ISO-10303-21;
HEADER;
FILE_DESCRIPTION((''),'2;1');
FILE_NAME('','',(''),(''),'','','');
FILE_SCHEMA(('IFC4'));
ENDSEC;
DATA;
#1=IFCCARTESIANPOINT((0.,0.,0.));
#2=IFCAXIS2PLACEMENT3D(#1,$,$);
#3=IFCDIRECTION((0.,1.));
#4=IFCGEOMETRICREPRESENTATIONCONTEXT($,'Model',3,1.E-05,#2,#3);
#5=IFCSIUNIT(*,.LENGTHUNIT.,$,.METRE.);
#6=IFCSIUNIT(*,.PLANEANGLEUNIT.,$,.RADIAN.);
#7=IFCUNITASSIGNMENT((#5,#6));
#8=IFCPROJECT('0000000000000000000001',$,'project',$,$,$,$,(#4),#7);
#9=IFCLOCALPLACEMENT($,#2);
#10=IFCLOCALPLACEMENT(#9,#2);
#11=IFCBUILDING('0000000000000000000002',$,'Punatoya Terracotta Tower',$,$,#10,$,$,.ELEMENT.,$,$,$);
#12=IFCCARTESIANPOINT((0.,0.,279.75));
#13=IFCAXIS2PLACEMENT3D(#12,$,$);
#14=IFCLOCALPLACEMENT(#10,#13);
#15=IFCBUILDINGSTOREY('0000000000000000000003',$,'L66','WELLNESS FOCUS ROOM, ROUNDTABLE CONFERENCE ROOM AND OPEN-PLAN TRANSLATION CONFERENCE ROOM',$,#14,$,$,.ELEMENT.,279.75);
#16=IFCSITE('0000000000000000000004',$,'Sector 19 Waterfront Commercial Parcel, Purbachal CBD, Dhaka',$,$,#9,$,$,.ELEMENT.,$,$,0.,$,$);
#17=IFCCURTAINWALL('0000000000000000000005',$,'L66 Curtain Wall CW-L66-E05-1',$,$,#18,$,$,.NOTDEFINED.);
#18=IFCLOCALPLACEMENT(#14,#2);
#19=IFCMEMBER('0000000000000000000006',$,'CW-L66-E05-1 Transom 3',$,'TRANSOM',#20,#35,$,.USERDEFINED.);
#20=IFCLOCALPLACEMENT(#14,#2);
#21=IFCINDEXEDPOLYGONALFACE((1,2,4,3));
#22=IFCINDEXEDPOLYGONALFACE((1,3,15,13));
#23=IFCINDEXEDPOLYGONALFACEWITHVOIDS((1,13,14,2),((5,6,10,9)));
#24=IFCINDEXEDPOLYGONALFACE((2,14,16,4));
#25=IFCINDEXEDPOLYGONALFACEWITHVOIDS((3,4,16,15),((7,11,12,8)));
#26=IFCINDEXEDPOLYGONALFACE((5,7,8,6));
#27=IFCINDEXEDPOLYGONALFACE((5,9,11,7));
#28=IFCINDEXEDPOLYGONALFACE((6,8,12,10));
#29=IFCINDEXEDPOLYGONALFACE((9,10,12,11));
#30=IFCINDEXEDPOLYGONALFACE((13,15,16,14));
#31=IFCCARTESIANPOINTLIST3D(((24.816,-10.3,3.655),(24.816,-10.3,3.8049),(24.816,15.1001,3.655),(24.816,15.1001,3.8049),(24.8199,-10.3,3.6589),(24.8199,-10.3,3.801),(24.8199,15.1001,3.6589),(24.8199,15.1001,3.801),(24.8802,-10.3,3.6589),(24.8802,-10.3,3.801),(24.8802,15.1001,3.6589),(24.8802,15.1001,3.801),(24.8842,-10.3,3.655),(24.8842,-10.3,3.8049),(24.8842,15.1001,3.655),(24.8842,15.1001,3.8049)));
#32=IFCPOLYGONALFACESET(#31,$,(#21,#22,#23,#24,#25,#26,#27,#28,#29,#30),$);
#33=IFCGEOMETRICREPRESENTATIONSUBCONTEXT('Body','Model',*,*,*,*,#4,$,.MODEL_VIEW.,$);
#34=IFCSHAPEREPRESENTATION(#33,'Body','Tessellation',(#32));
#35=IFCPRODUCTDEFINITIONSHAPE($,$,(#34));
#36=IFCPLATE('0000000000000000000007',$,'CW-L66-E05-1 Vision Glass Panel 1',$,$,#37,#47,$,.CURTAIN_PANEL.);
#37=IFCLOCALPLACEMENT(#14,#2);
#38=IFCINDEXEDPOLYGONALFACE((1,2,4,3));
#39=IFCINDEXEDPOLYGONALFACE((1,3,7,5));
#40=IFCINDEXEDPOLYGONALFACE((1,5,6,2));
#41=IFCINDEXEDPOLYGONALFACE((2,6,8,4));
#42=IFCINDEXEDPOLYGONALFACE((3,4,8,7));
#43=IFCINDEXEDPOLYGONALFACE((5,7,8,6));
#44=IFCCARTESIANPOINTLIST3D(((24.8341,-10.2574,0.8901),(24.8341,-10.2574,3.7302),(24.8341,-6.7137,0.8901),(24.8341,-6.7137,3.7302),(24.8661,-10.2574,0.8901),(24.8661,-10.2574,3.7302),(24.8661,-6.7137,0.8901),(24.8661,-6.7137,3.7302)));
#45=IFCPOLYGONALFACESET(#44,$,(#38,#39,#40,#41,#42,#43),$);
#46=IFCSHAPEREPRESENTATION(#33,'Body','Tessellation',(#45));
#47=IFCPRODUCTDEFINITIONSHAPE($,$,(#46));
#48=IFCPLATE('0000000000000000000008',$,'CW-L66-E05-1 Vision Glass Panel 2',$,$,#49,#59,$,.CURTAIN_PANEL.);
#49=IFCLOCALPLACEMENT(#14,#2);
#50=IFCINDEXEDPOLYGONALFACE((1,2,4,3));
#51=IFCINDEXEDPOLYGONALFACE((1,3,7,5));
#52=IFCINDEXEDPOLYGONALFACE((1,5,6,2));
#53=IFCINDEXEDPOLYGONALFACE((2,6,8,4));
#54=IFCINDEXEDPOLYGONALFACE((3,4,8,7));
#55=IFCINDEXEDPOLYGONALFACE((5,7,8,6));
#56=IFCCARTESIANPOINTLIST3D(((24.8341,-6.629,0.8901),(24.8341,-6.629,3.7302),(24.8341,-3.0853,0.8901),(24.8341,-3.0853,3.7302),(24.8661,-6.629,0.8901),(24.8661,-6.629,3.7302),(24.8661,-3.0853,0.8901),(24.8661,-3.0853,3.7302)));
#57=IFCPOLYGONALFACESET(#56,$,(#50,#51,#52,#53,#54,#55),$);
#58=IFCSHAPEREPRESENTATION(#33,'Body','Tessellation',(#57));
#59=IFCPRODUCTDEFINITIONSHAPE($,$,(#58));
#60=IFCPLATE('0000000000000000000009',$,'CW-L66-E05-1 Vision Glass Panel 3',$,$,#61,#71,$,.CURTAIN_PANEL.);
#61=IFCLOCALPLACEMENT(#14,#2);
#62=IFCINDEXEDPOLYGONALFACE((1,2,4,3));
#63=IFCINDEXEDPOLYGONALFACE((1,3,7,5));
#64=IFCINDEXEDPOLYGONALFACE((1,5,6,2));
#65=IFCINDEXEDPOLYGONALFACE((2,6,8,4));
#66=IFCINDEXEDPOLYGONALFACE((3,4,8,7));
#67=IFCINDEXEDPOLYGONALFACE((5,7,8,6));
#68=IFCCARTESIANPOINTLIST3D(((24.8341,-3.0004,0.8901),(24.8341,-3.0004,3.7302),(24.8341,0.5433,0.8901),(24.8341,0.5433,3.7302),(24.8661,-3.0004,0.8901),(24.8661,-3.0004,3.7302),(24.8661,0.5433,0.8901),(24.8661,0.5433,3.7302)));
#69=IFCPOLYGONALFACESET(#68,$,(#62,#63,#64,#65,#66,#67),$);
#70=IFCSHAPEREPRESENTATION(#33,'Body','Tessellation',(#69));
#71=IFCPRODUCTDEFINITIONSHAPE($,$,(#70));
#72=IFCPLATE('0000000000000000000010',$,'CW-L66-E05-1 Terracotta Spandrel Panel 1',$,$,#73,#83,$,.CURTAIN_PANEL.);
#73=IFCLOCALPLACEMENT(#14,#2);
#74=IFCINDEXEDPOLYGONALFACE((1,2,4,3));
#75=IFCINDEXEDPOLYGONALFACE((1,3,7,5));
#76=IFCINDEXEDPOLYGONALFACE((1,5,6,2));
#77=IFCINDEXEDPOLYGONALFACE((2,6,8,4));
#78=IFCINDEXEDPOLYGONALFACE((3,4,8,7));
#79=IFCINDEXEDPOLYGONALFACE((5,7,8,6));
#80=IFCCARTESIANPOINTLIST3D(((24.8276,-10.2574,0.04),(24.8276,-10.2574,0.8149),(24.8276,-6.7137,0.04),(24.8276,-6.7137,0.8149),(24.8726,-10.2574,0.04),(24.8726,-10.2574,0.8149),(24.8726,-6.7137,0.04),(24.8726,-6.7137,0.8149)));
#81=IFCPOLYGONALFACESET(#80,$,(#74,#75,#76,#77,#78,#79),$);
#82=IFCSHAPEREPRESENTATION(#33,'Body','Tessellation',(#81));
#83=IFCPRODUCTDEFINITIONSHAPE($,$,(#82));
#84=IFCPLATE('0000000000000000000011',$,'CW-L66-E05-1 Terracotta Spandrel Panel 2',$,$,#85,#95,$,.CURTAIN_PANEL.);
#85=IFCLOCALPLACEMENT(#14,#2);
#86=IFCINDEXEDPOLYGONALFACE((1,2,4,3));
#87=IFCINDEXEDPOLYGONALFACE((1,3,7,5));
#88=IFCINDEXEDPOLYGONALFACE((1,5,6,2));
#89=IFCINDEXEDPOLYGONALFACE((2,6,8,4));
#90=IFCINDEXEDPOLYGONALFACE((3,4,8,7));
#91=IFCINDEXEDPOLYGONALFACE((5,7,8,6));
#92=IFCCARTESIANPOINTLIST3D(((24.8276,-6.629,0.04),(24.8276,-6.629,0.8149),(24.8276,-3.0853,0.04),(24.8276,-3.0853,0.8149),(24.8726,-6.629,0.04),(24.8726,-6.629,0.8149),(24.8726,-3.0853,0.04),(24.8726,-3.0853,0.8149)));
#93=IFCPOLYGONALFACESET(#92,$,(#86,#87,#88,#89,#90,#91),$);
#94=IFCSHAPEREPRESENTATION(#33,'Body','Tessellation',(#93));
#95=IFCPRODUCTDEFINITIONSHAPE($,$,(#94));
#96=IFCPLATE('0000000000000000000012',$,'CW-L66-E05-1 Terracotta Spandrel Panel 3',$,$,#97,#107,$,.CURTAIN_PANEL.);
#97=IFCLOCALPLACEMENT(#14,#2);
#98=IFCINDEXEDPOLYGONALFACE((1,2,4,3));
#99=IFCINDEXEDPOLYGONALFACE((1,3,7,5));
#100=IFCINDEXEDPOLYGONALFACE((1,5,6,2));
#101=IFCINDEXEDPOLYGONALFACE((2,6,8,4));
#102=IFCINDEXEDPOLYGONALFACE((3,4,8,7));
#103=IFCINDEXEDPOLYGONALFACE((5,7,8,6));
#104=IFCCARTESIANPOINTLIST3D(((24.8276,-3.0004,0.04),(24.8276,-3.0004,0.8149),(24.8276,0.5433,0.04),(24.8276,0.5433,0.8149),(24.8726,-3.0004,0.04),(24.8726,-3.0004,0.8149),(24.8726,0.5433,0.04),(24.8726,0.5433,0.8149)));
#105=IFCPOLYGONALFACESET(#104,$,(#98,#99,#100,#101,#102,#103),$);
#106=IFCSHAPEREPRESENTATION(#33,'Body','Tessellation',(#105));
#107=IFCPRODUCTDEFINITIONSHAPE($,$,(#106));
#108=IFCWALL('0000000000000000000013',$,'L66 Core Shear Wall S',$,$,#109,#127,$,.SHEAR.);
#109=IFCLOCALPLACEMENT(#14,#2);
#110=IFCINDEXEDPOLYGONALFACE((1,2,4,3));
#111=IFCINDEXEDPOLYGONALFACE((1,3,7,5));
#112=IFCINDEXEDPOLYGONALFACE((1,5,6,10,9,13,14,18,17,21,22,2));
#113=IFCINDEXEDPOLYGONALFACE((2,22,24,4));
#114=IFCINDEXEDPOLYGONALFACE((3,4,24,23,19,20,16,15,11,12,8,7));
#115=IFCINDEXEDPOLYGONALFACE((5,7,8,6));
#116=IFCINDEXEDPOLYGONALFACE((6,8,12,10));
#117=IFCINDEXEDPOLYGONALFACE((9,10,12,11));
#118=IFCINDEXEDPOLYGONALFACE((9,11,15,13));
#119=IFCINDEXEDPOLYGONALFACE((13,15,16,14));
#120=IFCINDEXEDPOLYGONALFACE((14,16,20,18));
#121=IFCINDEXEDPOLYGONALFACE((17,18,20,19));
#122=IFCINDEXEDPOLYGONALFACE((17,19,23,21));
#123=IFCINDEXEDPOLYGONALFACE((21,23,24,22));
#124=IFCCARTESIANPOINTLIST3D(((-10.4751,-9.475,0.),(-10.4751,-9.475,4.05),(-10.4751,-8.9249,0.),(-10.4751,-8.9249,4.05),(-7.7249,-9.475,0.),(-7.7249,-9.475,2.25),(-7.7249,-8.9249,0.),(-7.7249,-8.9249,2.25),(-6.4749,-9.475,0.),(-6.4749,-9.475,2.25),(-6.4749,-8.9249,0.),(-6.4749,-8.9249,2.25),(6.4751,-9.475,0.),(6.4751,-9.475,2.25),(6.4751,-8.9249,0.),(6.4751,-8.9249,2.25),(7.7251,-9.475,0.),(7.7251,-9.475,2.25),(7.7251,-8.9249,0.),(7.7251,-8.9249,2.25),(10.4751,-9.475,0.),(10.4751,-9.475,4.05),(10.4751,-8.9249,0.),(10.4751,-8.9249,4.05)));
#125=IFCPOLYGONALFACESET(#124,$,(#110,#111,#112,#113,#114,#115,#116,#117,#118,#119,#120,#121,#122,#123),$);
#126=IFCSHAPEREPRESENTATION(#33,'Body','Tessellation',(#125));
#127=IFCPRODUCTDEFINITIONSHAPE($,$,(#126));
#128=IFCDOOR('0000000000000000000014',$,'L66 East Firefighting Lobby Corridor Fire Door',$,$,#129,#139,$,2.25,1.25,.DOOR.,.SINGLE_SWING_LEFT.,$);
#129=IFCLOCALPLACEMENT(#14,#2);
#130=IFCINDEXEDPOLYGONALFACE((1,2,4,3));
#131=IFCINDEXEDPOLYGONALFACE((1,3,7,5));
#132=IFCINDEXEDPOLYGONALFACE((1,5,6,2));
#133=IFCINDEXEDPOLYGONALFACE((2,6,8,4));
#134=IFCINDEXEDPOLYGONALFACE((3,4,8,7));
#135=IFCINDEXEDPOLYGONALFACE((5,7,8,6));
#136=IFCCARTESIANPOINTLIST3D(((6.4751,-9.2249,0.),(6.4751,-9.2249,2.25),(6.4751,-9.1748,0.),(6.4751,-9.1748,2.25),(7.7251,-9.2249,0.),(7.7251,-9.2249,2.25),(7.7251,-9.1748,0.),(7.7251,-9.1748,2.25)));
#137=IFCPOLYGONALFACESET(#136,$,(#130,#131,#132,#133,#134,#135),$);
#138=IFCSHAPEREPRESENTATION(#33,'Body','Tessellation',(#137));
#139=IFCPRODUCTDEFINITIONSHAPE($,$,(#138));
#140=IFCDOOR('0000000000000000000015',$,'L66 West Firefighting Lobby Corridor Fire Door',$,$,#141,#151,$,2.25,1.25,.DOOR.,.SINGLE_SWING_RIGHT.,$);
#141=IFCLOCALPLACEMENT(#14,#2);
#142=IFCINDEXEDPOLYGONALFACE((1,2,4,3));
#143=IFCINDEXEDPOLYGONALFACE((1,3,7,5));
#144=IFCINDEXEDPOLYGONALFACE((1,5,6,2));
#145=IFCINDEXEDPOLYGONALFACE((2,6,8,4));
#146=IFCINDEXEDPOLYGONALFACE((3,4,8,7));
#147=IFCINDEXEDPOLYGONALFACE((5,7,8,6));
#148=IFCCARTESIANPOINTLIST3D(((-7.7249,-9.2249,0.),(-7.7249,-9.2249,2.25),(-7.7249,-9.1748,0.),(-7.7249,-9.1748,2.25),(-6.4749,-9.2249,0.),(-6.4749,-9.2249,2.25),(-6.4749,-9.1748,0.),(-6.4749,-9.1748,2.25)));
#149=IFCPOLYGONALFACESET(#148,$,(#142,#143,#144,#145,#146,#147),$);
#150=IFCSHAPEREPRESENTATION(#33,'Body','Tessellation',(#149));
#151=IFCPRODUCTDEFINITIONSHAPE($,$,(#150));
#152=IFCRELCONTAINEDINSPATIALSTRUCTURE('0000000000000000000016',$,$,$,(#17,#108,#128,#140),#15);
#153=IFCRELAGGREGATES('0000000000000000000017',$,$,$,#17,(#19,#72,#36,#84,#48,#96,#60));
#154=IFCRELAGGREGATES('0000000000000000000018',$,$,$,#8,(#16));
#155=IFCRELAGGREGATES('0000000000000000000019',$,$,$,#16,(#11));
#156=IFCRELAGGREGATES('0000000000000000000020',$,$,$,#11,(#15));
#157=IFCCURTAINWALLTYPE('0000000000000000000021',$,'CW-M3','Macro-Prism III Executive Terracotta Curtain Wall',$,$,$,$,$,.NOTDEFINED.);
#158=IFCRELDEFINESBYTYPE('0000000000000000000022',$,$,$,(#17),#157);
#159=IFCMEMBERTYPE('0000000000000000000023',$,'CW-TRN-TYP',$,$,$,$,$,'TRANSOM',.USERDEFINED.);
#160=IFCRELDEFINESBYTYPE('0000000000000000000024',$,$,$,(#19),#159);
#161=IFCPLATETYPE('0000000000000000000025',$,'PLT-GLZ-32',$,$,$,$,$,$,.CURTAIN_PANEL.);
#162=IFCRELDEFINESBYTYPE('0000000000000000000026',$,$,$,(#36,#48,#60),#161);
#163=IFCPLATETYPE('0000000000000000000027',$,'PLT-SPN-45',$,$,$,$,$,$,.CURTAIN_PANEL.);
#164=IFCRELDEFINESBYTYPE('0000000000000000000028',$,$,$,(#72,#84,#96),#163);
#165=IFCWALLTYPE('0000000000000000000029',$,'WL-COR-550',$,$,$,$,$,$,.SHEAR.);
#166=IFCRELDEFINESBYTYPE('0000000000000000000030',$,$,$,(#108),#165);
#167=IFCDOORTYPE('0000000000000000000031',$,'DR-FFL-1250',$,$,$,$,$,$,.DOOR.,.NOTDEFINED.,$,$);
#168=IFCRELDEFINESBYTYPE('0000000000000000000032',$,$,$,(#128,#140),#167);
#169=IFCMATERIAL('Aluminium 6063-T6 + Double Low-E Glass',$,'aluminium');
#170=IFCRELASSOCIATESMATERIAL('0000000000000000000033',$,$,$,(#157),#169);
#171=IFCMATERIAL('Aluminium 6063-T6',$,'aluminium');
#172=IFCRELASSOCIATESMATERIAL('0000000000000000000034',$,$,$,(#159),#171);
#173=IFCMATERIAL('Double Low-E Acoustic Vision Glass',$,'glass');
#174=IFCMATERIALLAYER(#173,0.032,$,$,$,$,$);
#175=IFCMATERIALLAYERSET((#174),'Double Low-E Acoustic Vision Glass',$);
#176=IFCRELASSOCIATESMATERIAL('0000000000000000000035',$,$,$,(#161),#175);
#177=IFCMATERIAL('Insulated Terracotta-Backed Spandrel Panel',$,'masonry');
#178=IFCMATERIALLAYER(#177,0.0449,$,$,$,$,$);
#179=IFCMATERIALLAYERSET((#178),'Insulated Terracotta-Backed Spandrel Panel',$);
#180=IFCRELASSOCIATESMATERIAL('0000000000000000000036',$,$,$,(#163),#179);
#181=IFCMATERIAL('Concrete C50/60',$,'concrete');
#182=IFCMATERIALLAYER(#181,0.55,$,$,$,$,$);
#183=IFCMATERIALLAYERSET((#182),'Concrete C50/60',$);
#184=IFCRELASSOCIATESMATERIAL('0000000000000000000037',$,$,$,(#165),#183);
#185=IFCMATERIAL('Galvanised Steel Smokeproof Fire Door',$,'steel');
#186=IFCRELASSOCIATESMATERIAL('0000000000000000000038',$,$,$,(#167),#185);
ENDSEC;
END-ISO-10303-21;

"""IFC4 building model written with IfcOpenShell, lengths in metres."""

from ifc_helpers import new_model, si_unit, direction, frame, frame_2d, origin, origin_2d, place, context, subcontext, project, spatial, rectangle, hollow_rectangle, extrude, material, layer, layer_set, material_profile, profile_set, type_object, element, fill, aggregate, save


model = new_model("IFC4")

# Units and contexts
model_context = context("Model", 3, precision=1e-05, world=origin(), true_north=direction((0.0, 1.0)))
body_context = subcontext(model_context, "Body", "Model", "MODEL_VIEW")
ifc_project = project(units=[si_unit("LENGTHUNIT", "METRE"), si_unit("PLANEANGLEUNIT", "RADIAN")], contexts=[model_context])

# Site, building, storey
site_placement = place(None, origin())
site = spatial("IfcSite", under=ifc_project, at=site_placement, Name="Sector 19 Waterfront Commercial Parcel, Purbachal CBD, Dhaka", CompositionType="ELEMENT", RefElevation=0.0)
building_placement = place(site_placement, origin())
building = spatial("IfcBuilding", under=site, at=building_placement, Name="Punatoya Terracotta Tower", CompositionType="ELEMENT")
storey_placement = place(building_placement, frame((0.0, 0.0, 279.75)))
storey = spatial("IfcBuildingStorey", under=building, at=storey_placement, Name="L66", Description="WELLNESS FOCUS ROOM, ROUNDTABLE CONFERENCE ROOM AND OPEN-PLAN TRANSLATION CONFERENCE ROOM", CompositionType="ELEMENT", Elevation=279.75)

# Curtain wall, member, plates
ifc_material_1 = material(Name="Aluminium 6063-T6 + Double Low-E Glass", Category="aluminium")
curtain_wall_type = type_object("IfcCurtainWallType", Name="CW-M3", Description="Macro-Prism III Executive Terracotta Curtain Wall", PredefinedType="NOTDEFINED", material=ifc_material_1)
curtain_wall_placement = place(storey_placement, origin())
curtain_wall = element("IfcCurtainWall", 1, at=curtain_wall_placement, inside=storey, type_object=curtain_wall_type, Name="L66 Curtain Wall CW-L66-E05-1", PredefinedType="NOTDEFINED")
ifc_material_2 = material(Name="Aluminium 6063-T6", Category="aluminium")
ifc_material_profile_1 = material_profile(ifc_material_2, hollow_rectangle(XDim=0.0681, YDim=0.1499, WallThickness=0.0039, at=origin_2d()))
ifc_profile_set_1 = profile_set([ifc_material_profile_1], Name="Aluminium 6063-T6")
member_type_1 = type_object("IfcMemberType", Name="CW-TRN-TYP", ElementType="TRANSOM", PredefinedType="USERDEFINED", material=ifc_profile_set_1)
member_1_placement = place(storey_placement, frame((24.8501, -10.3, 3.73), z_axis=(0.0, 1.0, 0.0), x_axis=(-1.0, 0.0, 0.0)))
member_1 = element("IfcMember", 2, at=member_1_placement, type_object=member_type_1, Name="CW-L66-E05-1 Transom 3", ObjectType="TRANSOM", PredefinedType="USERDEFINED", context=body_context, shape_type="SweptSolid", body=[
    extrude(hollow_rectangle(XDim=0.0681, YDim=0.1499, WallThickness=0.0039, at=origin_2d()), origin(), (0.0, 0.0, 1.0), 25.4001),
])
ifc_material_3 = material(Name="Double Low-E Acoustic Vision Glass", Category="glass")
ifc_layer_1 = layer(ifc_material_3, 0.032)
ifc_layer_set_1 = layer_set([ifc_layer_1], Name="Double Low-E Acoustic Vision Glass")
plate_type_1 = type_object("IfcPlateType", Name="PLT-GLZ-32", PredefinedType="CURTAIN_PANEL", material=ifc_layer_set_1)
plate_1_placement = place(storey_placement, frame((24.8501, -8.4856, 0.8901), z_axis=(0.0, 0.0, 1.0), x_axis=(0.0, 1.0, 0.0)))
plate_1 = element("IfcPlate", 3, at=plate_1_placement, type_object=plate_type_1, Name="CW-L66-E05-1 Vision Glass Panel 1", PredefinedType="CURTAIN_PANEL", context=body_context, shape_type="SweptSolid", body=[
    extrude(rectangle(XDim=3.5437, YDim=0.032, at=origin_2d()), origin(), (0.0, 0.0, 1.0), 2.8401),
])
plate_2_placement = place(storey_placement, frame((24.8501, -4.8572, 0.8901), z_axis=(0.0, 0.0, 1.0), x_axis=(0.0, 1.0, 0.0)))
plate_2 = element("IfcPlate", 4, at=plate_2_placement, type_object=plate_type_1, Name="CW-L66-E05-1 Vision Glass Panel 2", PredefinedType="CURTAIN_PANEL", context=body_context, shape_type="SweptSolid", body=[
    extrude(rectangle(XDim=3.5437, YDim=0.032, at=origin_2d()), origin(), (0.0, 0.0, 1.0), 2.8401),
])
plate_3_placement = place(storey_placement, frame((24.8501, -1.2285, 0.8901), z_axis=(0.0, 0.0, 1.0), x_axis=(0.0, 1.0, 0.0)))
plate_3 = element("IfcPlate", 5, at=plate_3_placement, type_object=plate_type_1, Name="CW-L66-E05-1 Vision Glass Panel 3", PredefinedType="CURTAIN_PANEL", context=body_context, shape_type="SweptSolid", body=[
    extrude(rectangle(XDim=3.5437, YDim=0.032, at=origin_2d()), origin(), (0.0, 0.0, 1.0), 2.8401),
])
ifc_material_4 = material(Name="Insulated Terracotta-Backed Spandrel Panel", Category="masonry")
ifc_layer_2 = layer(ifc_material_4, 0.0449)
ifc_layer_set_2 = layer_set([ifc_layer_2], Name="Insulated Terracotta-Backed Spandrel Panel")
plate_type_2 = type_object("IfcPlateType", Name="PLT-SPN-45", PredefinedType="CURTAIN_PANEL", material=ifc_layer_set_2)
plate_4_placement = place(storey_placement, frame((24.8501, -8.4856, 0.04), z_axis=(0.0, 0.0, 1.0), x_axis=(0.0, 1.0, 0.0)))
plate_4 = element("IfcPlate", 6, at=plate_4_placement, type_object=plate_type_2, Name="CW-L66-E05-1 Terracotta Spandrel Panel 1", PredefinedType="CURTAIN_PANEL", context=body_context, shape_type="SweptSolid", body=[
    extrude(rectangle(XDim=3.5437, YDim=0.0449, at=origin_2d()), origin(), (0.0, 0.0, 1.0), 0.7749),
])
plate_5_placement = place(storey_placement, frame((24.8501, -4.8572, 0.04), z_axis=(0.0, 0.0, 1.0), x_axis=(0.0, 1.0, 0.0)))
plate_5 = element("IfcPlate", 7, at=plate_5_placement, type_object=plate_type_2, Name="CW-L66-E05-1 Terracotta Spandrel Panel 2", PredefinedType="CURTAIN_PANEL", context=body_context, shape_type="SweptSolid", body=[
    extrude(rectangle(XDim=3.5437, YDim=0.0449, at=origin_2d()), origin(), (0.0, 0.0, 1.0), 0.7749),
])
plate_6_placement = place(storey_placement, frame((24.8501, -1.2285, 0.04), z_axis=(0.0, 0.0, 1.0), x_axis=(0.0, 1.0, 0.0)))
plate_6 = element("IfcPlate", 8, at=plate_6_placement, type_object=plate_type_2, Name="CW-L66-E05-1 Terracotta Spandrel Panel 3", PredefinedType="CURTAIN_PANEL", context=body_context, shape_type="SweptSolid", body=[
    extrude(rectangle(XDim=3.5437, YDim=0.0449, at=origin_2d()), origin(), (0.0, 0.0, 1.0), 0.7749),
])
aggregate(curtain_wall, [member_1, plate_4, plate_1, plate_5, plate_2, plate_6, plate_3])

# Wall, openings, doors
ifc_material_5 = material(Name="Concrete C50/60", Category="concrete")
ifc_layer_3 = layer(ifc_material_5, 0.55)
ifc_layer_set_3 = layer_set([ifc_layer_3], Name="Concrete C50/60")
wall_type_1 = type_object("IfcWallType", Name="WL-COR-550", PredefinedType="SHEAR", material=ifc_layer_set_3)
wall_1_placement = place(storey_placement, frame((10.4751, -9.2, 0.0), z_axis=(0.0, 0.0, 1.0), x_axis=(-1.0, 0.0, 0.0)))
wall_1 = element("IfcWall", 9, at=wall_1_placement, inside=storey, type_object=wall_type_1, Name="L66 Core Shear Wall S", PredefinedType="SHEAR", context=body_context, shape_type="SweptSolid", body=[
    extrude(rectangle(XDim=20.9502, YDim=0.55, at=frame_2d((10.4751, 0.0))), origin(), (0.0, 0.0, 1.0), 4.05),
])
opening_1_placement = place(wall_1_placement, frame((2.75, 0.0, 0.0)))
opening_1 = element("IfcOpeningElement", 10, at=opening_1_placement, cuts=wall_1, PredefinedType="OPENING", context=body_context, shape_type="SweptSolid", body=[
    extrude(rectangle(XDim=1.25, YDim=2.25, at=frame_2d((0.625, 1.125))), frame((0.0, 0.2849, 0.0), z_axis=(0.0, -1.0, 0.0), x_axis=(1.0, 0.0, 0.0)), (0.0, 0.0, 1.0), 0.5701),
])
opening_2_placement = place(wall_1_placement, frame((16.95, 0.0, 0.0)))
opening_2 = element("IfcOpeningElement", 11, at=opening_2_placement, cuts=wall_1, PredefinedType="OPENING", context=body_context, shape_type="SweptSolid", body=[
    extrude(rectangle(XDim=1.25, YDim=2.25, at=frame_2d((0.625, 1.125))), frame((0.0, 0.2849, 0.0), z_axis=(0.0, -1.0, 0.0), x_axis=(1.0, 0.0, 0.0)), (0.0, 0.0, 1.0), 0.5701),
])
ifc_material_6 = material(Name="Galvanised Steel Smokeproof Fire Door", Category="steel")
door_type_1 = type_object("IfcDoorType", Name="DR-FFL-1250", OperationType="NOTDEFINED", PredefinedType="DOOR", material=ifc_material_6)
door_1_placement = place(opening_1_placement, origin())
door_1 = element("IfcDoor", 12, at=door_1_placement, inside=storey, type_object=door_type_1, Name="L66 East Firefighting Lobby Corridor Fire Door", OperationType="SINGLE_SWING_LEFT", OverallHeight=2.25, OverallWidth=1.25, PredefinedType="DOOR", context=body_context, shape_type="SweptSolid", body=[
    extrude(rectangle(XDim=1.25, YDim=2.25, at=frame_2d((0.625, 1.125))), frame((0.0, 0.0249, 0.0), z_axis=(0.0, -1.0, 0.0), x_axis=(1.0, 0.0, 0.0)), (0.0, 0.0, 1.0), 0.05),
])
fill(opening_1, door_1)
door_2_placement = place(opening_2_placement, origin())
door_2 = element("IfcDoor", 13, at=door_2_placement, inside=storey, type_object=door_type_1, Name="L66 West Firefighting Lobby Corridor Fire Door", OperationType="SINGLE_SWING_RIGHT", OverallHeight=2.25, OverallWidth=1.25, PredefinedType="DOOR", context=body_context, shape_type="SweptSolid", body=[
    extrude(rectangle(XDim=1.25, YDim=2.25, at=frame_2d((0.625, 1.125))), frame((0.0, 0.0249, 0.0), z_axis=(0.0, -1.0, 0.0), x_axis=(1.0, 0.0, 0.0)), (0.0, 0.0, 1.0), 0.05),
])
fill(opening_2, door_2)

save(model, "model.ifc")
